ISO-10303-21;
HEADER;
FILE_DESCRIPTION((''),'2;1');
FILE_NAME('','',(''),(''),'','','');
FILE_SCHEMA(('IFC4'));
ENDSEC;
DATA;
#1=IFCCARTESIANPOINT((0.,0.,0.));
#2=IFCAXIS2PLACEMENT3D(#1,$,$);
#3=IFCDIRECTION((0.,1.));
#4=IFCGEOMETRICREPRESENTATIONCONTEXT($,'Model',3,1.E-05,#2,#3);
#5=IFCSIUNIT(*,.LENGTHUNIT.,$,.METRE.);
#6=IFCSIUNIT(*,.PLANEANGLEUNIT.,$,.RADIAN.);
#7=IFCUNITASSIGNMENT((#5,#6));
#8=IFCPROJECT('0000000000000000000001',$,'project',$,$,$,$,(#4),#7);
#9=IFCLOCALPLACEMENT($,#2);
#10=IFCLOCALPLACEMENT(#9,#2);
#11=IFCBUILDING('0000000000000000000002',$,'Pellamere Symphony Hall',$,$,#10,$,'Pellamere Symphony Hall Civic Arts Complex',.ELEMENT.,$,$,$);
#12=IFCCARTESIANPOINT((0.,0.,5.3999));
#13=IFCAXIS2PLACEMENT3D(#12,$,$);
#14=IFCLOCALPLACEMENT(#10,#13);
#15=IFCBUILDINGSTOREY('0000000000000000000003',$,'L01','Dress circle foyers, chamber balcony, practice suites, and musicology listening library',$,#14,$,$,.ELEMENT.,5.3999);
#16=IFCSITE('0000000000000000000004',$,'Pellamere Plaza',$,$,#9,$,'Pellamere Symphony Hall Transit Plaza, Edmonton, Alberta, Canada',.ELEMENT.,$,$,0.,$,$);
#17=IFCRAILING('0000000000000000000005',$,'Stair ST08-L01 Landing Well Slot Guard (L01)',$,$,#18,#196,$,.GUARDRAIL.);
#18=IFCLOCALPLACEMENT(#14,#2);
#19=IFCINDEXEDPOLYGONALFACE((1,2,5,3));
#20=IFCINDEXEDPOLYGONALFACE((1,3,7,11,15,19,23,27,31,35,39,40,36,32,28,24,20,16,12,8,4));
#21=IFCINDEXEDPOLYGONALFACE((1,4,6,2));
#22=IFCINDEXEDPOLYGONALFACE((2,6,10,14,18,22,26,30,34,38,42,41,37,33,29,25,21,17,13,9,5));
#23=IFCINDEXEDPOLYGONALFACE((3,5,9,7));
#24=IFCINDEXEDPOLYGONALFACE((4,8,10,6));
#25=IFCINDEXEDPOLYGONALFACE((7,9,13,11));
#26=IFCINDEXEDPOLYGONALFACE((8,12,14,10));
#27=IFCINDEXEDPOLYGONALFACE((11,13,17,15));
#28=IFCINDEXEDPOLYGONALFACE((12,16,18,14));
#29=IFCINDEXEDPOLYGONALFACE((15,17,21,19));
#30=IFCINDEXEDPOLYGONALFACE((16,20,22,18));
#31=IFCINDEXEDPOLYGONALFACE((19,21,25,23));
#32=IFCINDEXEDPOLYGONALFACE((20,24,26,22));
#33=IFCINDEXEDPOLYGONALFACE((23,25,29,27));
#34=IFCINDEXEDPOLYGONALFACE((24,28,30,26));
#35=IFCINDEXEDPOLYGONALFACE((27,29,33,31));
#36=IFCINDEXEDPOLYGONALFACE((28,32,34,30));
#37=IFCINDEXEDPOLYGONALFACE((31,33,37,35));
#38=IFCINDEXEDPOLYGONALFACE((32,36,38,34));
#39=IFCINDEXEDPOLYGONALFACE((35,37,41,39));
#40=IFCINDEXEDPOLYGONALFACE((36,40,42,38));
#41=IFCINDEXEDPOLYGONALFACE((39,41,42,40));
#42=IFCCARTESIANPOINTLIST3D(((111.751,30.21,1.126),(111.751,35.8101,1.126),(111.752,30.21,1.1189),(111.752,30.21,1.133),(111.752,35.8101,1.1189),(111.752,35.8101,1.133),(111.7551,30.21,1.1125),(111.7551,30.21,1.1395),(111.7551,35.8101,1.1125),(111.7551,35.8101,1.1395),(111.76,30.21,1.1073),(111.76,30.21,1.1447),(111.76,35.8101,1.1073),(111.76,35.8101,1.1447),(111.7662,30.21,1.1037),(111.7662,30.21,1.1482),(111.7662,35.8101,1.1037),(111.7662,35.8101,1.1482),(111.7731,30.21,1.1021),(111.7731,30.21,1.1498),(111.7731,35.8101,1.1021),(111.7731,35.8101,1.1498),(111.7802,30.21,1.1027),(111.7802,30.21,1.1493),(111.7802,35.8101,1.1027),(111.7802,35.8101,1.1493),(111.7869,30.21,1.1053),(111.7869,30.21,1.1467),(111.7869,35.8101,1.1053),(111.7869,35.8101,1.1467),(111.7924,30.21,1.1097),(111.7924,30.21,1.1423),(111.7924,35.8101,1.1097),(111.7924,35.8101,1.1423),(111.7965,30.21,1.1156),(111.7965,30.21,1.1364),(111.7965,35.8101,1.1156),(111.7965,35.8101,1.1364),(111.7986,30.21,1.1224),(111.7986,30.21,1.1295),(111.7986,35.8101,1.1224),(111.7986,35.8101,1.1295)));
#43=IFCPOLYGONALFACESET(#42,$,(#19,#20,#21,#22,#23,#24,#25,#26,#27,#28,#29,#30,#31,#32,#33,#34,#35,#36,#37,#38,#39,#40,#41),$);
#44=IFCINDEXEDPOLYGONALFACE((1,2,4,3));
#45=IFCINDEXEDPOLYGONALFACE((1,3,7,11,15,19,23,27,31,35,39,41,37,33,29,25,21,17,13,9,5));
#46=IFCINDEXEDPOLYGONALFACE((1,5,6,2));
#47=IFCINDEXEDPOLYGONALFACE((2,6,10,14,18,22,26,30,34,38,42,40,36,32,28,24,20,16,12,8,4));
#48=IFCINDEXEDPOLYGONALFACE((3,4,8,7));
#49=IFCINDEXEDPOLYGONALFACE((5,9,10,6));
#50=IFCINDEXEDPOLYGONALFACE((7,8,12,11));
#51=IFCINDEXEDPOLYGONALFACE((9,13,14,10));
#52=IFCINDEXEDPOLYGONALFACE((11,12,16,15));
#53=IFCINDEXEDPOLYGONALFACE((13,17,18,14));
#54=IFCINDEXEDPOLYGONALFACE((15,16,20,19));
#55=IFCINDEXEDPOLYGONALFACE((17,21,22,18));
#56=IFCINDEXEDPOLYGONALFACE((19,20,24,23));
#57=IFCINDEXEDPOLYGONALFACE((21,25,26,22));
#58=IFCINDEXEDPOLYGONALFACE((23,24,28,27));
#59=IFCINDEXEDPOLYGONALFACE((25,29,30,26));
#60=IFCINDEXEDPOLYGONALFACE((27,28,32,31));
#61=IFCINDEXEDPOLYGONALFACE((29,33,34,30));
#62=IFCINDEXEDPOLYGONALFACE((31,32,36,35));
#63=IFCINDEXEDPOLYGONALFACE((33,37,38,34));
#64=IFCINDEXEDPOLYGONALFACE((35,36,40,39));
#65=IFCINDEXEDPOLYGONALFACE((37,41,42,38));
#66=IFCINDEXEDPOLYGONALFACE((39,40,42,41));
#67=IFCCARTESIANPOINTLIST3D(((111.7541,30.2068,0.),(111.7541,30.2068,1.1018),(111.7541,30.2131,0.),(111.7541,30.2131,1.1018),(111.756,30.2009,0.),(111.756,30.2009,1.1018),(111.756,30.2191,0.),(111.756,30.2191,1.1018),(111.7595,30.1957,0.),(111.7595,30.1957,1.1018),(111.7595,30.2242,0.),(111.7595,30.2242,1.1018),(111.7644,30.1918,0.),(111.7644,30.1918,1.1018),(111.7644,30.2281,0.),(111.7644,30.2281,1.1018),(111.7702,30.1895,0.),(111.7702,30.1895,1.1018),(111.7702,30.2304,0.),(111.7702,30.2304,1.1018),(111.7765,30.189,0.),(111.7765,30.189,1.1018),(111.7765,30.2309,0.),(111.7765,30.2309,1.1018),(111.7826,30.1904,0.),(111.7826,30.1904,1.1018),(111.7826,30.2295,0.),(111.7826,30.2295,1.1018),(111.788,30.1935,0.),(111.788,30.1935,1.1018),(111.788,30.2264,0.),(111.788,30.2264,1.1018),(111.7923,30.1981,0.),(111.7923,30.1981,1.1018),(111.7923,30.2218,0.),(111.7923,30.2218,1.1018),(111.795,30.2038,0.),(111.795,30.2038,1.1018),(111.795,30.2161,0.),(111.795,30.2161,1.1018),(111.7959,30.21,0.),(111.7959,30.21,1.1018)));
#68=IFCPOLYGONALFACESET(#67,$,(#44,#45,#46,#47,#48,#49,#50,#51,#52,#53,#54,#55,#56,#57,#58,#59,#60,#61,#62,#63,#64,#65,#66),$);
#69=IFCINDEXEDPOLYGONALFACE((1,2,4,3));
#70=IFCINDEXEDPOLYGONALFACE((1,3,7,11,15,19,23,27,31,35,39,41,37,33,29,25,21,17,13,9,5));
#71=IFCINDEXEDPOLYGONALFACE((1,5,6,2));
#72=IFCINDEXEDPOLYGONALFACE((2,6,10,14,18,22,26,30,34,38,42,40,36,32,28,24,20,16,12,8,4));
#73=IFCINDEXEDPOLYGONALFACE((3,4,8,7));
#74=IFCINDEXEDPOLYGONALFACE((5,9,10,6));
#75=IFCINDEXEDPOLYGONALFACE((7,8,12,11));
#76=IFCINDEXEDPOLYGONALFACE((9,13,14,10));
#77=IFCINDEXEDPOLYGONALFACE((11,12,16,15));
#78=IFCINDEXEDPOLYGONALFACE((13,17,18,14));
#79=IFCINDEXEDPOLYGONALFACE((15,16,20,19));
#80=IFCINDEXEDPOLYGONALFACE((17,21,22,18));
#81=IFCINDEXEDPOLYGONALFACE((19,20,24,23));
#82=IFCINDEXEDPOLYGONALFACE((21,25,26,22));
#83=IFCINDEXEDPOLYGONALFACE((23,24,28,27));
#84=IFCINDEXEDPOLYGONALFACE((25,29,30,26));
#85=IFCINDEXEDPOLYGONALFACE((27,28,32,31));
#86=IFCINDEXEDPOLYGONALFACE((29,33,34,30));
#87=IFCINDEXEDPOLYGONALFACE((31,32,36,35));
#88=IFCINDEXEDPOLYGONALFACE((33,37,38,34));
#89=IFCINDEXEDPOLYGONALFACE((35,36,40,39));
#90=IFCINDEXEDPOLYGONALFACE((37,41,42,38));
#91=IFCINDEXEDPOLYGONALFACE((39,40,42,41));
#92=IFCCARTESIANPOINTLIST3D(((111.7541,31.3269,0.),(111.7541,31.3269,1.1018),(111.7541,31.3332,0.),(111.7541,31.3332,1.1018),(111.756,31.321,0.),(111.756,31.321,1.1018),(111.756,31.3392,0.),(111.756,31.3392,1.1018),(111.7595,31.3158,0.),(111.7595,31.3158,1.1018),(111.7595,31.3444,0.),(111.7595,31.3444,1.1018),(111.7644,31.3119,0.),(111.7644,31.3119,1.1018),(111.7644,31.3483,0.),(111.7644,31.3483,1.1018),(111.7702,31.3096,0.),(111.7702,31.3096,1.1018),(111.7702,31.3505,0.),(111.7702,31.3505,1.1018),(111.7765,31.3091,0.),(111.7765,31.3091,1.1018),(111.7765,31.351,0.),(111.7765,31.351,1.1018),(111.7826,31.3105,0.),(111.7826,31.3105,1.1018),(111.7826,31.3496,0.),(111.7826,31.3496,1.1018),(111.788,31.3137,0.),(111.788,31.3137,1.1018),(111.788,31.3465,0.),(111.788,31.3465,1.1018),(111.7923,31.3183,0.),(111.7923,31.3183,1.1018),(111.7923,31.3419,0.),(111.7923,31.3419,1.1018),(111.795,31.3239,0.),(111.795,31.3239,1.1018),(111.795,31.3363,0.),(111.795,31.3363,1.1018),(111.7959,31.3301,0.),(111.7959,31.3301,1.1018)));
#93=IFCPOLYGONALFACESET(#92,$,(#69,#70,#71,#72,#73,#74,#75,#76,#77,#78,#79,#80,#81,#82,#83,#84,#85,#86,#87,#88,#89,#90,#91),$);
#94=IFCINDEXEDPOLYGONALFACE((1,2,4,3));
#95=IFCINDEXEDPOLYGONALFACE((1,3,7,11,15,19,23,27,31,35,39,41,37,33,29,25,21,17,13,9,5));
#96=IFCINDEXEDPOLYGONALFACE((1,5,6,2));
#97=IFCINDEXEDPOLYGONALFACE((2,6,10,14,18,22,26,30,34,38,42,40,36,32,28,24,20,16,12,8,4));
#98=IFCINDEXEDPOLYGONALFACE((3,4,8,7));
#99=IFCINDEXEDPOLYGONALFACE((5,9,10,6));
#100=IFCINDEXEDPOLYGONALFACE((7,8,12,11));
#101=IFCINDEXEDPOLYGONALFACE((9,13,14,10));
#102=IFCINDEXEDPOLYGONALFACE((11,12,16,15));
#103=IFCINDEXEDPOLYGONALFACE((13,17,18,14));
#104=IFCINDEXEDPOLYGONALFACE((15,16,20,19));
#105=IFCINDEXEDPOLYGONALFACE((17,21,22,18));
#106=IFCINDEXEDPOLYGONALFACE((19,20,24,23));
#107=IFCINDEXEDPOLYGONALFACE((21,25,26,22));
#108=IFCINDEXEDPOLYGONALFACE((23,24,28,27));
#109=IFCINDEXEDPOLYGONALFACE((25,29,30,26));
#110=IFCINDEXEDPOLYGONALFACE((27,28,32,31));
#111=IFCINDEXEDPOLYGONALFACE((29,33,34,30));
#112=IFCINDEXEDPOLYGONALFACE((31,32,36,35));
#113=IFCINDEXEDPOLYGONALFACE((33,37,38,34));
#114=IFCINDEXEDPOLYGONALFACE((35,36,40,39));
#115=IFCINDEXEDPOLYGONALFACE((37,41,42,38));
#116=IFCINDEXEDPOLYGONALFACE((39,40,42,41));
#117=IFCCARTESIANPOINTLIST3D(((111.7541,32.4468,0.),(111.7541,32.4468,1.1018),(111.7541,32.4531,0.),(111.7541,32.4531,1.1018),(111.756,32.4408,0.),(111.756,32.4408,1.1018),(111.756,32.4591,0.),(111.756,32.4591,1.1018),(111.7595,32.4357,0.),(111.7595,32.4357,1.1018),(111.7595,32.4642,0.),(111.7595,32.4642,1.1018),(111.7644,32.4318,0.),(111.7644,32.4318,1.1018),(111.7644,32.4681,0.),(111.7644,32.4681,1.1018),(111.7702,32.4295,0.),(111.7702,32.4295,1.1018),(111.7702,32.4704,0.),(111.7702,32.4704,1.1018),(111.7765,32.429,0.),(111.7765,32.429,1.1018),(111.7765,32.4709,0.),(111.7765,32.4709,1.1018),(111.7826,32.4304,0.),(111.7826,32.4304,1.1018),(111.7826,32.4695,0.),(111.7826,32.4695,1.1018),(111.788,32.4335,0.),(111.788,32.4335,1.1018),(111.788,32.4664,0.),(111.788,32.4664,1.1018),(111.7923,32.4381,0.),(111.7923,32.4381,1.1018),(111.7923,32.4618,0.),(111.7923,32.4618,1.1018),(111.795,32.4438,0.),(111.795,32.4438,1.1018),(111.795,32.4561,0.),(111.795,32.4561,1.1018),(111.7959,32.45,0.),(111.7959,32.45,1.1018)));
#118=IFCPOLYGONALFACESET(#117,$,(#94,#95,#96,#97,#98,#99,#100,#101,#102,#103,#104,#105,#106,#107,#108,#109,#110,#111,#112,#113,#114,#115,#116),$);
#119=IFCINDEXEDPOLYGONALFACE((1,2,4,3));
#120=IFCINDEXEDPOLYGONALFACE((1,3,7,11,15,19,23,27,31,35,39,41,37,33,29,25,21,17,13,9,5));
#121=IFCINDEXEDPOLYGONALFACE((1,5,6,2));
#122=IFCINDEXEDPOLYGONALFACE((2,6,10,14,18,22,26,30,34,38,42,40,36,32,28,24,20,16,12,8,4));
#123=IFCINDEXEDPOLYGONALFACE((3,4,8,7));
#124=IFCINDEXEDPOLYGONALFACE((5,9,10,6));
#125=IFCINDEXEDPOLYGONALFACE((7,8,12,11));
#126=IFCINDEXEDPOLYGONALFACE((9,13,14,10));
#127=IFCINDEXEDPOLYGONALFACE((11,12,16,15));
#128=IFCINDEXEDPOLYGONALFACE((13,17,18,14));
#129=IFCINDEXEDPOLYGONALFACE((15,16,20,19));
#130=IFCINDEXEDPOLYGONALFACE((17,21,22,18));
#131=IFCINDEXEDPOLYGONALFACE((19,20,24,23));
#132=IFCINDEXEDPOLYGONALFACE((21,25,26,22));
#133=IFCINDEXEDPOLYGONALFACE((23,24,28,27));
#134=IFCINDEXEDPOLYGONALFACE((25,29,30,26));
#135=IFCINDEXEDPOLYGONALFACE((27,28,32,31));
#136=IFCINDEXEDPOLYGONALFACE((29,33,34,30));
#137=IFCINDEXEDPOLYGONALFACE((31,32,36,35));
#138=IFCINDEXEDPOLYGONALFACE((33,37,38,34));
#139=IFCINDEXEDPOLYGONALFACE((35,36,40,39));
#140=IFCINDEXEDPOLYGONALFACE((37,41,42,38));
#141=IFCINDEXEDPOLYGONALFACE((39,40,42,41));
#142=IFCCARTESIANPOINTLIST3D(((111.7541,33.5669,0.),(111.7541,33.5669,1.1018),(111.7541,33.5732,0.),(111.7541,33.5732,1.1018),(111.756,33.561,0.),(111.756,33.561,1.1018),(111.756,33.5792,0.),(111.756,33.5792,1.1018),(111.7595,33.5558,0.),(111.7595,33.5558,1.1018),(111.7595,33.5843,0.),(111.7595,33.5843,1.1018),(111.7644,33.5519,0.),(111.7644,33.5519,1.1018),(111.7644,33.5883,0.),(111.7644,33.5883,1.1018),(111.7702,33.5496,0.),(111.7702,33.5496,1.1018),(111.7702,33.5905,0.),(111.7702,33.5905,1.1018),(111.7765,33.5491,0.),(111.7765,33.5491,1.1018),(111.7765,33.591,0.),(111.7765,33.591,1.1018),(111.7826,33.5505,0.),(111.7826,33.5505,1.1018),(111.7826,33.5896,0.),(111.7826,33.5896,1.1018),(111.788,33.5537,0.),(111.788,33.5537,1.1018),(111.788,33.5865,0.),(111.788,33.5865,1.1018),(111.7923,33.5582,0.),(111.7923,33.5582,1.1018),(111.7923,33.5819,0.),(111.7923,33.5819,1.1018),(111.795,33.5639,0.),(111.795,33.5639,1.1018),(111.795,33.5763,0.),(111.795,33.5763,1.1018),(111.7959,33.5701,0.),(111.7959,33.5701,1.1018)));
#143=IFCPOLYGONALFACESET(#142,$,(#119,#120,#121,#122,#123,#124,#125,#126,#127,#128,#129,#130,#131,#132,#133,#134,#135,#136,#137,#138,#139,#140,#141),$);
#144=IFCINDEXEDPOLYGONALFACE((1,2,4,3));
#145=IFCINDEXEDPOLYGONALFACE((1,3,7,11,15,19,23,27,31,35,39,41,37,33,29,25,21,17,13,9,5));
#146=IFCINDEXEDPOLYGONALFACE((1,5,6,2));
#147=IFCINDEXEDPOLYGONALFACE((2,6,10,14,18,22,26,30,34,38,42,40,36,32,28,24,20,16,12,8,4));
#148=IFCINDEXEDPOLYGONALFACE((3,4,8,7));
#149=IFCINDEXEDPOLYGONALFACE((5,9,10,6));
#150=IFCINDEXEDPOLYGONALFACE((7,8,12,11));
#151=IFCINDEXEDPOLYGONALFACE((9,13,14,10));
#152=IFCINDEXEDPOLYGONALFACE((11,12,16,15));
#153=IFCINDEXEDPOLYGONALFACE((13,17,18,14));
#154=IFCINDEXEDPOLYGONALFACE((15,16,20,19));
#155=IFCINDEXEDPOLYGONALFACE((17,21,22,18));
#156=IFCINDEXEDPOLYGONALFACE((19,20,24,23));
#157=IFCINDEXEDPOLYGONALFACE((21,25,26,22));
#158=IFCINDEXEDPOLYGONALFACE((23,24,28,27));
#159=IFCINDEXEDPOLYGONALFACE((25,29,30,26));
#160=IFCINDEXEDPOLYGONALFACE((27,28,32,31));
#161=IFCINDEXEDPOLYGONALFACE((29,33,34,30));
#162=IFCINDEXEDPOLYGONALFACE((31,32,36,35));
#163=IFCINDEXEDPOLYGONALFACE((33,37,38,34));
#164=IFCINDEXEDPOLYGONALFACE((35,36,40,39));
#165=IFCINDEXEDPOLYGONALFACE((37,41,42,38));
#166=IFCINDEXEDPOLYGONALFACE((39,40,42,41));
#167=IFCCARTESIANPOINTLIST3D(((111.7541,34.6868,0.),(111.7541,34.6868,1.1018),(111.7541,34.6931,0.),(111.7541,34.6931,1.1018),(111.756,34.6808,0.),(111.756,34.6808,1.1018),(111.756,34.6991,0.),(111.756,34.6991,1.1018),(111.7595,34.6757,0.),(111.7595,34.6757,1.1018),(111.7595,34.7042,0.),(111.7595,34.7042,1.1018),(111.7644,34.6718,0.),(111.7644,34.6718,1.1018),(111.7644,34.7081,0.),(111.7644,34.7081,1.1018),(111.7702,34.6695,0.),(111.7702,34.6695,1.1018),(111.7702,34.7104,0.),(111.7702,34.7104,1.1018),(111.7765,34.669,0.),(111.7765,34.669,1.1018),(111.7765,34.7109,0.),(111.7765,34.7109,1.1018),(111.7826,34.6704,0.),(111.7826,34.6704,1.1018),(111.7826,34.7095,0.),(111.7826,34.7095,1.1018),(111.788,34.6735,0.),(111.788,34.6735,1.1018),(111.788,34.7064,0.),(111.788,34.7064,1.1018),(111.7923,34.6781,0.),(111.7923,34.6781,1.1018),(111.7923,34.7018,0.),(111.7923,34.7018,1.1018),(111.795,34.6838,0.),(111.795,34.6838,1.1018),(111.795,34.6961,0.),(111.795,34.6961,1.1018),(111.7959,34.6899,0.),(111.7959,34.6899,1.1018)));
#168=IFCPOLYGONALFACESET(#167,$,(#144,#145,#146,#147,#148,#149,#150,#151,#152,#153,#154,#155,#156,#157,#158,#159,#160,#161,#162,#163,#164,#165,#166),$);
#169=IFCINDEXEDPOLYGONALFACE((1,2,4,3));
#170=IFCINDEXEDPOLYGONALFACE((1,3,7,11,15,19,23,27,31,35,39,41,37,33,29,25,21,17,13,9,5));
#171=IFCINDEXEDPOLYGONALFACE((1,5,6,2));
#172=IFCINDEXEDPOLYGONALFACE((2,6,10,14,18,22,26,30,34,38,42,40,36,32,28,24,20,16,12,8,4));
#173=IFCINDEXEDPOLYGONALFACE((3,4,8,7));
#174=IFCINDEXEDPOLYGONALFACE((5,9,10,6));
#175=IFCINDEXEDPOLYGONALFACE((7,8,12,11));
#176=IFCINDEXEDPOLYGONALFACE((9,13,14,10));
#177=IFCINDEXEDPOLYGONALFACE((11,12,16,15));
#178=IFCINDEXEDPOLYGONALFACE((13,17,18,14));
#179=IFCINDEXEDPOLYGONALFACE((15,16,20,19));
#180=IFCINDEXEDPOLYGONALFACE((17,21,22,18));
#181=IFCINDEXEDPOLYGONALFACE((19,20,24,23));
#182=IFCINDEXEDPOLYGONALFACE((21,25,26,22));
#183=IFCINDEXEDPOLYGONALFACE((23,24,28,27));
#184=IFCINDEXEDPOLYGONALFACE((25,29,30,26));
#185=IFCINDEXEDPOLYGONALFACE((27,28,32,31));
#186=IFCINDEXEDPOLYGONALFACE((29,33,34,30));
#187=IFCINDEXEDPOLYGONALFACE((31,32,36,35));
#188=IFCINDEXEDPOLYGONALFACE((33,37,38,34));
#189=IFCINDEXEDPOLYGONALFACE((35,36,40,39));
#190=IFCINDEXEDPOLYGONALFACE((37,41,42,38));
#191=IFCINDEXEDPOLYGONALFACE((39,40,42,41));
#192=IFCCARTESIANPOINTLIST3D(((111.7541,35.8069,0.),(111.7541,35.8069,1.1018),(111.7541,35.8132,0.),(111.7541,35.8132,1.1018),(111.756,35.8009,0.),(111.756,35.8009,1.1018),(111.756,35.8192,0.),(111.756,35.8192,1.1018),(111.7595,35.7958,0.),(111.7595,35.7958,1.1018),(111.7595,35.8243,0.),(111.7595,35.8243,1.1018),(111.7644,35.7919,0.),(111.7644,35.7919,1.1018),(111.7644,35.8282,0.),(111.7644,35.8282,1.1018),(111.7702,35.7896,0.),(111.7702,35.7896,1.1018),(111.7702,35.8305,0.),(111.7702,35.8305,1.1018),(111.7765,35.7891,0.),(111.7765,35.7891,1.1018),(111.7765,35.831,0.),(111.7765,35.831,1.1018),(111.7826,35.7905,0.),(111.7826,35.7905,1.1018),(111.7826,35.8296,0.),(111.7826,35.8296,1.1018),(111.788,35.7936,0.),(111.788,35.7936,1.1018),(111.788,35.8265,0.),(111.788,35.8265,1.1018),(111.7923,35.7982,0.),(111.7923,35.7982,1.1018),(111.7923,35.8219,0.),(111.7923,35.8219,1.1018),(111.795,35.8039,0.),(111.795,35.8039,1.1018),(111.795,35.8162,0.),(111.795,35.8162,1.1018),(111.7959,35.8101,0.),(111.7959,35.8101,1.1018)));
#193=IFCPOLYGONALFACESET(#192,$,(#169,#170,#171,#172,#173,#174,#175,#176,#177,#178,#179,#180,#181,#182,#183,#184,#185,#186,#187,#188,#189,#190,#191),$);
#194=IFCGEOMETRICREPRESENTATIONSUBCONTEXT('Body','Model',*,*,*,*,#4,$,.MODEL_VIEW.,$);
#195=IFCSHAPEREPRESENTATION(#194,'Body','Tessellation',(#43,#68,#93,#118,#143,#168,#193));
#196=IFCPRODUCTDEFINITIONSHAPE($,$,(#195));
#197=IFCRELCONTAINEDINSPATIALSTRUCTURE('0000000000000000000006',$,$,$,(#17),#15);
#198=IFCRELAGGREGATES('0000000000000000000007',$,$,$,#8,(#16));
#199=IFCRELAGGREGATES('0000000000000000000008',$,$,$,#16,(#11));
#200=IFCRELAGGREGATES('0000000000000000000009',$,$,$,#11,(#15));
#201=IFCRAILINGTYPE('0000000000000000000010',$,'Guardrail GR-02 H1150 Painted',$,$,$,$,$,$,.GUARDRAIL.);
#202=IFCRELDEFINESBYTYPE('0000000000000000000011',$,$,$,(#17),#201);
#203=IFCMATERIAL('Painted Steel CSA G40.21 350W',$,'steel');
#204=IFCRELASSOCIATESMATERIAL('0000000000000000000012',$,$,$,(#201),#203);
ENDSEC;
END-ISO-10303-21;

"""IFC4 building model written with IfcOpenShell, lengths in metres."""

from ifc_helpers import new_model, si_unit, direction, frame, origin, origin_2d, place, context, subcontext, project, spatial, circle, extrude, material, type_object, element, save


model = new_model("IFC4")

# Units and contexts
model_context = context("Model", 3, precision=1e-05, world=origin(), true_north=direction((0.0, 1.0)))
body_context = subcontext(model_context, "Body", "Model", "MODEL_VIEW")
ifc_project = project(units=[si_unit("LENGTHUNIT", "METRE"), si_unit("PLANEANGLEUNIT", "RADIAN")], contexts=[model_context])

# Site, building, storey
site_placement = place(None, origin())
site = spatial("IfcSite", under=ifc_project, at=site_placement, Name="Pellamere Plaza", LongName="Pellamere Symphony Hall Transit Plaza, Edmonton, Alberta, Canada", CompositionType="ELEMENT", RefElevation=0.0)
building_placement = place(site_placement, origin())
building = spatial("IfcBuilding", under=site, at=building_placement, Name="Pellamere Symphony Hall", LongName="Pellamere Symphony Hall Civic Arts Complex", CompositionType="ELEMENT")
storey_placement = place(building_placement, frame((0.0, 0.0, 5.3999)))
storey = spatial("IfcBuildingStorey", under=building, at=storey_placement, Name="L01", Description="Dress circle foyers, chamber balcony, practice suites, and musicology listening library", CompositionType="ELEMENT", Elevation=5.3999)

# Railing
ifc_material_1 = material(Name="Painted Steel CSA G40.21 350W", Category="steel")
railing_type_1 = type_object("IfcRailingType", Name="Guardrail GR-02 H1150 Painted", PredefinedType="GUARDRAIL", material=ifc_material_1)
railing_1_placement = place(storey_placement, frame((111.7749, 30.21, 0.0)))
element("IfcRailing", 1, at=railing_1_placement, inside=storey, type_object=railing_type_1, Name="Stair ST08-L01 Landing Well Slot Guard (L01)", PredefinedType="GUARDRAIL", context=body_context, shape_type="SweptSolid", body=[
    extrude(circle(Radius=0.0239, at=origin_2d()), frame((0.0, 0.0, 1.126), z_axis=(0.0, 1.0, 0.0), x_axis=(-1.0, 0.0, 0.0)), (0.0, 0.0, 1.0), 5.6001),
    extrude(circle(Radius=0.021, at=origin_2d()), origin(), (0.0, 0.0, 1.0), 1.1018),
    extrude(circle(Radius=0.021, at=origin_2d()), frame((0.0, 1.1201, 0.0)), (0.0, 0.0, 1.0), 1.1018),
    extrude(circle(Radius=0.021, at=origin_2d()), frame((0.0, 2.24, 0.0)), (0.0, 0.0, 1.0), 1.1018),
    extrude(circle(Radius=0.021, at=origin_2d()), frame((0.0, 3.3601, 0.0)), (0.0, 0.0, 1.0), 1.1018),
    extrude(circle(Radius=0.021, at=origin_2d()), frame((0.0, 4.48, 0.0)), (0.0, 0.0, 1.0), 1.1018),
    extrude(circle(Radius=0.021, at=origin_2d()), frame((0.0, 5.6001, 0.0)), (0.0, 0.0, 1.0), 1.1018),
])

save(model, "model.ifc")
